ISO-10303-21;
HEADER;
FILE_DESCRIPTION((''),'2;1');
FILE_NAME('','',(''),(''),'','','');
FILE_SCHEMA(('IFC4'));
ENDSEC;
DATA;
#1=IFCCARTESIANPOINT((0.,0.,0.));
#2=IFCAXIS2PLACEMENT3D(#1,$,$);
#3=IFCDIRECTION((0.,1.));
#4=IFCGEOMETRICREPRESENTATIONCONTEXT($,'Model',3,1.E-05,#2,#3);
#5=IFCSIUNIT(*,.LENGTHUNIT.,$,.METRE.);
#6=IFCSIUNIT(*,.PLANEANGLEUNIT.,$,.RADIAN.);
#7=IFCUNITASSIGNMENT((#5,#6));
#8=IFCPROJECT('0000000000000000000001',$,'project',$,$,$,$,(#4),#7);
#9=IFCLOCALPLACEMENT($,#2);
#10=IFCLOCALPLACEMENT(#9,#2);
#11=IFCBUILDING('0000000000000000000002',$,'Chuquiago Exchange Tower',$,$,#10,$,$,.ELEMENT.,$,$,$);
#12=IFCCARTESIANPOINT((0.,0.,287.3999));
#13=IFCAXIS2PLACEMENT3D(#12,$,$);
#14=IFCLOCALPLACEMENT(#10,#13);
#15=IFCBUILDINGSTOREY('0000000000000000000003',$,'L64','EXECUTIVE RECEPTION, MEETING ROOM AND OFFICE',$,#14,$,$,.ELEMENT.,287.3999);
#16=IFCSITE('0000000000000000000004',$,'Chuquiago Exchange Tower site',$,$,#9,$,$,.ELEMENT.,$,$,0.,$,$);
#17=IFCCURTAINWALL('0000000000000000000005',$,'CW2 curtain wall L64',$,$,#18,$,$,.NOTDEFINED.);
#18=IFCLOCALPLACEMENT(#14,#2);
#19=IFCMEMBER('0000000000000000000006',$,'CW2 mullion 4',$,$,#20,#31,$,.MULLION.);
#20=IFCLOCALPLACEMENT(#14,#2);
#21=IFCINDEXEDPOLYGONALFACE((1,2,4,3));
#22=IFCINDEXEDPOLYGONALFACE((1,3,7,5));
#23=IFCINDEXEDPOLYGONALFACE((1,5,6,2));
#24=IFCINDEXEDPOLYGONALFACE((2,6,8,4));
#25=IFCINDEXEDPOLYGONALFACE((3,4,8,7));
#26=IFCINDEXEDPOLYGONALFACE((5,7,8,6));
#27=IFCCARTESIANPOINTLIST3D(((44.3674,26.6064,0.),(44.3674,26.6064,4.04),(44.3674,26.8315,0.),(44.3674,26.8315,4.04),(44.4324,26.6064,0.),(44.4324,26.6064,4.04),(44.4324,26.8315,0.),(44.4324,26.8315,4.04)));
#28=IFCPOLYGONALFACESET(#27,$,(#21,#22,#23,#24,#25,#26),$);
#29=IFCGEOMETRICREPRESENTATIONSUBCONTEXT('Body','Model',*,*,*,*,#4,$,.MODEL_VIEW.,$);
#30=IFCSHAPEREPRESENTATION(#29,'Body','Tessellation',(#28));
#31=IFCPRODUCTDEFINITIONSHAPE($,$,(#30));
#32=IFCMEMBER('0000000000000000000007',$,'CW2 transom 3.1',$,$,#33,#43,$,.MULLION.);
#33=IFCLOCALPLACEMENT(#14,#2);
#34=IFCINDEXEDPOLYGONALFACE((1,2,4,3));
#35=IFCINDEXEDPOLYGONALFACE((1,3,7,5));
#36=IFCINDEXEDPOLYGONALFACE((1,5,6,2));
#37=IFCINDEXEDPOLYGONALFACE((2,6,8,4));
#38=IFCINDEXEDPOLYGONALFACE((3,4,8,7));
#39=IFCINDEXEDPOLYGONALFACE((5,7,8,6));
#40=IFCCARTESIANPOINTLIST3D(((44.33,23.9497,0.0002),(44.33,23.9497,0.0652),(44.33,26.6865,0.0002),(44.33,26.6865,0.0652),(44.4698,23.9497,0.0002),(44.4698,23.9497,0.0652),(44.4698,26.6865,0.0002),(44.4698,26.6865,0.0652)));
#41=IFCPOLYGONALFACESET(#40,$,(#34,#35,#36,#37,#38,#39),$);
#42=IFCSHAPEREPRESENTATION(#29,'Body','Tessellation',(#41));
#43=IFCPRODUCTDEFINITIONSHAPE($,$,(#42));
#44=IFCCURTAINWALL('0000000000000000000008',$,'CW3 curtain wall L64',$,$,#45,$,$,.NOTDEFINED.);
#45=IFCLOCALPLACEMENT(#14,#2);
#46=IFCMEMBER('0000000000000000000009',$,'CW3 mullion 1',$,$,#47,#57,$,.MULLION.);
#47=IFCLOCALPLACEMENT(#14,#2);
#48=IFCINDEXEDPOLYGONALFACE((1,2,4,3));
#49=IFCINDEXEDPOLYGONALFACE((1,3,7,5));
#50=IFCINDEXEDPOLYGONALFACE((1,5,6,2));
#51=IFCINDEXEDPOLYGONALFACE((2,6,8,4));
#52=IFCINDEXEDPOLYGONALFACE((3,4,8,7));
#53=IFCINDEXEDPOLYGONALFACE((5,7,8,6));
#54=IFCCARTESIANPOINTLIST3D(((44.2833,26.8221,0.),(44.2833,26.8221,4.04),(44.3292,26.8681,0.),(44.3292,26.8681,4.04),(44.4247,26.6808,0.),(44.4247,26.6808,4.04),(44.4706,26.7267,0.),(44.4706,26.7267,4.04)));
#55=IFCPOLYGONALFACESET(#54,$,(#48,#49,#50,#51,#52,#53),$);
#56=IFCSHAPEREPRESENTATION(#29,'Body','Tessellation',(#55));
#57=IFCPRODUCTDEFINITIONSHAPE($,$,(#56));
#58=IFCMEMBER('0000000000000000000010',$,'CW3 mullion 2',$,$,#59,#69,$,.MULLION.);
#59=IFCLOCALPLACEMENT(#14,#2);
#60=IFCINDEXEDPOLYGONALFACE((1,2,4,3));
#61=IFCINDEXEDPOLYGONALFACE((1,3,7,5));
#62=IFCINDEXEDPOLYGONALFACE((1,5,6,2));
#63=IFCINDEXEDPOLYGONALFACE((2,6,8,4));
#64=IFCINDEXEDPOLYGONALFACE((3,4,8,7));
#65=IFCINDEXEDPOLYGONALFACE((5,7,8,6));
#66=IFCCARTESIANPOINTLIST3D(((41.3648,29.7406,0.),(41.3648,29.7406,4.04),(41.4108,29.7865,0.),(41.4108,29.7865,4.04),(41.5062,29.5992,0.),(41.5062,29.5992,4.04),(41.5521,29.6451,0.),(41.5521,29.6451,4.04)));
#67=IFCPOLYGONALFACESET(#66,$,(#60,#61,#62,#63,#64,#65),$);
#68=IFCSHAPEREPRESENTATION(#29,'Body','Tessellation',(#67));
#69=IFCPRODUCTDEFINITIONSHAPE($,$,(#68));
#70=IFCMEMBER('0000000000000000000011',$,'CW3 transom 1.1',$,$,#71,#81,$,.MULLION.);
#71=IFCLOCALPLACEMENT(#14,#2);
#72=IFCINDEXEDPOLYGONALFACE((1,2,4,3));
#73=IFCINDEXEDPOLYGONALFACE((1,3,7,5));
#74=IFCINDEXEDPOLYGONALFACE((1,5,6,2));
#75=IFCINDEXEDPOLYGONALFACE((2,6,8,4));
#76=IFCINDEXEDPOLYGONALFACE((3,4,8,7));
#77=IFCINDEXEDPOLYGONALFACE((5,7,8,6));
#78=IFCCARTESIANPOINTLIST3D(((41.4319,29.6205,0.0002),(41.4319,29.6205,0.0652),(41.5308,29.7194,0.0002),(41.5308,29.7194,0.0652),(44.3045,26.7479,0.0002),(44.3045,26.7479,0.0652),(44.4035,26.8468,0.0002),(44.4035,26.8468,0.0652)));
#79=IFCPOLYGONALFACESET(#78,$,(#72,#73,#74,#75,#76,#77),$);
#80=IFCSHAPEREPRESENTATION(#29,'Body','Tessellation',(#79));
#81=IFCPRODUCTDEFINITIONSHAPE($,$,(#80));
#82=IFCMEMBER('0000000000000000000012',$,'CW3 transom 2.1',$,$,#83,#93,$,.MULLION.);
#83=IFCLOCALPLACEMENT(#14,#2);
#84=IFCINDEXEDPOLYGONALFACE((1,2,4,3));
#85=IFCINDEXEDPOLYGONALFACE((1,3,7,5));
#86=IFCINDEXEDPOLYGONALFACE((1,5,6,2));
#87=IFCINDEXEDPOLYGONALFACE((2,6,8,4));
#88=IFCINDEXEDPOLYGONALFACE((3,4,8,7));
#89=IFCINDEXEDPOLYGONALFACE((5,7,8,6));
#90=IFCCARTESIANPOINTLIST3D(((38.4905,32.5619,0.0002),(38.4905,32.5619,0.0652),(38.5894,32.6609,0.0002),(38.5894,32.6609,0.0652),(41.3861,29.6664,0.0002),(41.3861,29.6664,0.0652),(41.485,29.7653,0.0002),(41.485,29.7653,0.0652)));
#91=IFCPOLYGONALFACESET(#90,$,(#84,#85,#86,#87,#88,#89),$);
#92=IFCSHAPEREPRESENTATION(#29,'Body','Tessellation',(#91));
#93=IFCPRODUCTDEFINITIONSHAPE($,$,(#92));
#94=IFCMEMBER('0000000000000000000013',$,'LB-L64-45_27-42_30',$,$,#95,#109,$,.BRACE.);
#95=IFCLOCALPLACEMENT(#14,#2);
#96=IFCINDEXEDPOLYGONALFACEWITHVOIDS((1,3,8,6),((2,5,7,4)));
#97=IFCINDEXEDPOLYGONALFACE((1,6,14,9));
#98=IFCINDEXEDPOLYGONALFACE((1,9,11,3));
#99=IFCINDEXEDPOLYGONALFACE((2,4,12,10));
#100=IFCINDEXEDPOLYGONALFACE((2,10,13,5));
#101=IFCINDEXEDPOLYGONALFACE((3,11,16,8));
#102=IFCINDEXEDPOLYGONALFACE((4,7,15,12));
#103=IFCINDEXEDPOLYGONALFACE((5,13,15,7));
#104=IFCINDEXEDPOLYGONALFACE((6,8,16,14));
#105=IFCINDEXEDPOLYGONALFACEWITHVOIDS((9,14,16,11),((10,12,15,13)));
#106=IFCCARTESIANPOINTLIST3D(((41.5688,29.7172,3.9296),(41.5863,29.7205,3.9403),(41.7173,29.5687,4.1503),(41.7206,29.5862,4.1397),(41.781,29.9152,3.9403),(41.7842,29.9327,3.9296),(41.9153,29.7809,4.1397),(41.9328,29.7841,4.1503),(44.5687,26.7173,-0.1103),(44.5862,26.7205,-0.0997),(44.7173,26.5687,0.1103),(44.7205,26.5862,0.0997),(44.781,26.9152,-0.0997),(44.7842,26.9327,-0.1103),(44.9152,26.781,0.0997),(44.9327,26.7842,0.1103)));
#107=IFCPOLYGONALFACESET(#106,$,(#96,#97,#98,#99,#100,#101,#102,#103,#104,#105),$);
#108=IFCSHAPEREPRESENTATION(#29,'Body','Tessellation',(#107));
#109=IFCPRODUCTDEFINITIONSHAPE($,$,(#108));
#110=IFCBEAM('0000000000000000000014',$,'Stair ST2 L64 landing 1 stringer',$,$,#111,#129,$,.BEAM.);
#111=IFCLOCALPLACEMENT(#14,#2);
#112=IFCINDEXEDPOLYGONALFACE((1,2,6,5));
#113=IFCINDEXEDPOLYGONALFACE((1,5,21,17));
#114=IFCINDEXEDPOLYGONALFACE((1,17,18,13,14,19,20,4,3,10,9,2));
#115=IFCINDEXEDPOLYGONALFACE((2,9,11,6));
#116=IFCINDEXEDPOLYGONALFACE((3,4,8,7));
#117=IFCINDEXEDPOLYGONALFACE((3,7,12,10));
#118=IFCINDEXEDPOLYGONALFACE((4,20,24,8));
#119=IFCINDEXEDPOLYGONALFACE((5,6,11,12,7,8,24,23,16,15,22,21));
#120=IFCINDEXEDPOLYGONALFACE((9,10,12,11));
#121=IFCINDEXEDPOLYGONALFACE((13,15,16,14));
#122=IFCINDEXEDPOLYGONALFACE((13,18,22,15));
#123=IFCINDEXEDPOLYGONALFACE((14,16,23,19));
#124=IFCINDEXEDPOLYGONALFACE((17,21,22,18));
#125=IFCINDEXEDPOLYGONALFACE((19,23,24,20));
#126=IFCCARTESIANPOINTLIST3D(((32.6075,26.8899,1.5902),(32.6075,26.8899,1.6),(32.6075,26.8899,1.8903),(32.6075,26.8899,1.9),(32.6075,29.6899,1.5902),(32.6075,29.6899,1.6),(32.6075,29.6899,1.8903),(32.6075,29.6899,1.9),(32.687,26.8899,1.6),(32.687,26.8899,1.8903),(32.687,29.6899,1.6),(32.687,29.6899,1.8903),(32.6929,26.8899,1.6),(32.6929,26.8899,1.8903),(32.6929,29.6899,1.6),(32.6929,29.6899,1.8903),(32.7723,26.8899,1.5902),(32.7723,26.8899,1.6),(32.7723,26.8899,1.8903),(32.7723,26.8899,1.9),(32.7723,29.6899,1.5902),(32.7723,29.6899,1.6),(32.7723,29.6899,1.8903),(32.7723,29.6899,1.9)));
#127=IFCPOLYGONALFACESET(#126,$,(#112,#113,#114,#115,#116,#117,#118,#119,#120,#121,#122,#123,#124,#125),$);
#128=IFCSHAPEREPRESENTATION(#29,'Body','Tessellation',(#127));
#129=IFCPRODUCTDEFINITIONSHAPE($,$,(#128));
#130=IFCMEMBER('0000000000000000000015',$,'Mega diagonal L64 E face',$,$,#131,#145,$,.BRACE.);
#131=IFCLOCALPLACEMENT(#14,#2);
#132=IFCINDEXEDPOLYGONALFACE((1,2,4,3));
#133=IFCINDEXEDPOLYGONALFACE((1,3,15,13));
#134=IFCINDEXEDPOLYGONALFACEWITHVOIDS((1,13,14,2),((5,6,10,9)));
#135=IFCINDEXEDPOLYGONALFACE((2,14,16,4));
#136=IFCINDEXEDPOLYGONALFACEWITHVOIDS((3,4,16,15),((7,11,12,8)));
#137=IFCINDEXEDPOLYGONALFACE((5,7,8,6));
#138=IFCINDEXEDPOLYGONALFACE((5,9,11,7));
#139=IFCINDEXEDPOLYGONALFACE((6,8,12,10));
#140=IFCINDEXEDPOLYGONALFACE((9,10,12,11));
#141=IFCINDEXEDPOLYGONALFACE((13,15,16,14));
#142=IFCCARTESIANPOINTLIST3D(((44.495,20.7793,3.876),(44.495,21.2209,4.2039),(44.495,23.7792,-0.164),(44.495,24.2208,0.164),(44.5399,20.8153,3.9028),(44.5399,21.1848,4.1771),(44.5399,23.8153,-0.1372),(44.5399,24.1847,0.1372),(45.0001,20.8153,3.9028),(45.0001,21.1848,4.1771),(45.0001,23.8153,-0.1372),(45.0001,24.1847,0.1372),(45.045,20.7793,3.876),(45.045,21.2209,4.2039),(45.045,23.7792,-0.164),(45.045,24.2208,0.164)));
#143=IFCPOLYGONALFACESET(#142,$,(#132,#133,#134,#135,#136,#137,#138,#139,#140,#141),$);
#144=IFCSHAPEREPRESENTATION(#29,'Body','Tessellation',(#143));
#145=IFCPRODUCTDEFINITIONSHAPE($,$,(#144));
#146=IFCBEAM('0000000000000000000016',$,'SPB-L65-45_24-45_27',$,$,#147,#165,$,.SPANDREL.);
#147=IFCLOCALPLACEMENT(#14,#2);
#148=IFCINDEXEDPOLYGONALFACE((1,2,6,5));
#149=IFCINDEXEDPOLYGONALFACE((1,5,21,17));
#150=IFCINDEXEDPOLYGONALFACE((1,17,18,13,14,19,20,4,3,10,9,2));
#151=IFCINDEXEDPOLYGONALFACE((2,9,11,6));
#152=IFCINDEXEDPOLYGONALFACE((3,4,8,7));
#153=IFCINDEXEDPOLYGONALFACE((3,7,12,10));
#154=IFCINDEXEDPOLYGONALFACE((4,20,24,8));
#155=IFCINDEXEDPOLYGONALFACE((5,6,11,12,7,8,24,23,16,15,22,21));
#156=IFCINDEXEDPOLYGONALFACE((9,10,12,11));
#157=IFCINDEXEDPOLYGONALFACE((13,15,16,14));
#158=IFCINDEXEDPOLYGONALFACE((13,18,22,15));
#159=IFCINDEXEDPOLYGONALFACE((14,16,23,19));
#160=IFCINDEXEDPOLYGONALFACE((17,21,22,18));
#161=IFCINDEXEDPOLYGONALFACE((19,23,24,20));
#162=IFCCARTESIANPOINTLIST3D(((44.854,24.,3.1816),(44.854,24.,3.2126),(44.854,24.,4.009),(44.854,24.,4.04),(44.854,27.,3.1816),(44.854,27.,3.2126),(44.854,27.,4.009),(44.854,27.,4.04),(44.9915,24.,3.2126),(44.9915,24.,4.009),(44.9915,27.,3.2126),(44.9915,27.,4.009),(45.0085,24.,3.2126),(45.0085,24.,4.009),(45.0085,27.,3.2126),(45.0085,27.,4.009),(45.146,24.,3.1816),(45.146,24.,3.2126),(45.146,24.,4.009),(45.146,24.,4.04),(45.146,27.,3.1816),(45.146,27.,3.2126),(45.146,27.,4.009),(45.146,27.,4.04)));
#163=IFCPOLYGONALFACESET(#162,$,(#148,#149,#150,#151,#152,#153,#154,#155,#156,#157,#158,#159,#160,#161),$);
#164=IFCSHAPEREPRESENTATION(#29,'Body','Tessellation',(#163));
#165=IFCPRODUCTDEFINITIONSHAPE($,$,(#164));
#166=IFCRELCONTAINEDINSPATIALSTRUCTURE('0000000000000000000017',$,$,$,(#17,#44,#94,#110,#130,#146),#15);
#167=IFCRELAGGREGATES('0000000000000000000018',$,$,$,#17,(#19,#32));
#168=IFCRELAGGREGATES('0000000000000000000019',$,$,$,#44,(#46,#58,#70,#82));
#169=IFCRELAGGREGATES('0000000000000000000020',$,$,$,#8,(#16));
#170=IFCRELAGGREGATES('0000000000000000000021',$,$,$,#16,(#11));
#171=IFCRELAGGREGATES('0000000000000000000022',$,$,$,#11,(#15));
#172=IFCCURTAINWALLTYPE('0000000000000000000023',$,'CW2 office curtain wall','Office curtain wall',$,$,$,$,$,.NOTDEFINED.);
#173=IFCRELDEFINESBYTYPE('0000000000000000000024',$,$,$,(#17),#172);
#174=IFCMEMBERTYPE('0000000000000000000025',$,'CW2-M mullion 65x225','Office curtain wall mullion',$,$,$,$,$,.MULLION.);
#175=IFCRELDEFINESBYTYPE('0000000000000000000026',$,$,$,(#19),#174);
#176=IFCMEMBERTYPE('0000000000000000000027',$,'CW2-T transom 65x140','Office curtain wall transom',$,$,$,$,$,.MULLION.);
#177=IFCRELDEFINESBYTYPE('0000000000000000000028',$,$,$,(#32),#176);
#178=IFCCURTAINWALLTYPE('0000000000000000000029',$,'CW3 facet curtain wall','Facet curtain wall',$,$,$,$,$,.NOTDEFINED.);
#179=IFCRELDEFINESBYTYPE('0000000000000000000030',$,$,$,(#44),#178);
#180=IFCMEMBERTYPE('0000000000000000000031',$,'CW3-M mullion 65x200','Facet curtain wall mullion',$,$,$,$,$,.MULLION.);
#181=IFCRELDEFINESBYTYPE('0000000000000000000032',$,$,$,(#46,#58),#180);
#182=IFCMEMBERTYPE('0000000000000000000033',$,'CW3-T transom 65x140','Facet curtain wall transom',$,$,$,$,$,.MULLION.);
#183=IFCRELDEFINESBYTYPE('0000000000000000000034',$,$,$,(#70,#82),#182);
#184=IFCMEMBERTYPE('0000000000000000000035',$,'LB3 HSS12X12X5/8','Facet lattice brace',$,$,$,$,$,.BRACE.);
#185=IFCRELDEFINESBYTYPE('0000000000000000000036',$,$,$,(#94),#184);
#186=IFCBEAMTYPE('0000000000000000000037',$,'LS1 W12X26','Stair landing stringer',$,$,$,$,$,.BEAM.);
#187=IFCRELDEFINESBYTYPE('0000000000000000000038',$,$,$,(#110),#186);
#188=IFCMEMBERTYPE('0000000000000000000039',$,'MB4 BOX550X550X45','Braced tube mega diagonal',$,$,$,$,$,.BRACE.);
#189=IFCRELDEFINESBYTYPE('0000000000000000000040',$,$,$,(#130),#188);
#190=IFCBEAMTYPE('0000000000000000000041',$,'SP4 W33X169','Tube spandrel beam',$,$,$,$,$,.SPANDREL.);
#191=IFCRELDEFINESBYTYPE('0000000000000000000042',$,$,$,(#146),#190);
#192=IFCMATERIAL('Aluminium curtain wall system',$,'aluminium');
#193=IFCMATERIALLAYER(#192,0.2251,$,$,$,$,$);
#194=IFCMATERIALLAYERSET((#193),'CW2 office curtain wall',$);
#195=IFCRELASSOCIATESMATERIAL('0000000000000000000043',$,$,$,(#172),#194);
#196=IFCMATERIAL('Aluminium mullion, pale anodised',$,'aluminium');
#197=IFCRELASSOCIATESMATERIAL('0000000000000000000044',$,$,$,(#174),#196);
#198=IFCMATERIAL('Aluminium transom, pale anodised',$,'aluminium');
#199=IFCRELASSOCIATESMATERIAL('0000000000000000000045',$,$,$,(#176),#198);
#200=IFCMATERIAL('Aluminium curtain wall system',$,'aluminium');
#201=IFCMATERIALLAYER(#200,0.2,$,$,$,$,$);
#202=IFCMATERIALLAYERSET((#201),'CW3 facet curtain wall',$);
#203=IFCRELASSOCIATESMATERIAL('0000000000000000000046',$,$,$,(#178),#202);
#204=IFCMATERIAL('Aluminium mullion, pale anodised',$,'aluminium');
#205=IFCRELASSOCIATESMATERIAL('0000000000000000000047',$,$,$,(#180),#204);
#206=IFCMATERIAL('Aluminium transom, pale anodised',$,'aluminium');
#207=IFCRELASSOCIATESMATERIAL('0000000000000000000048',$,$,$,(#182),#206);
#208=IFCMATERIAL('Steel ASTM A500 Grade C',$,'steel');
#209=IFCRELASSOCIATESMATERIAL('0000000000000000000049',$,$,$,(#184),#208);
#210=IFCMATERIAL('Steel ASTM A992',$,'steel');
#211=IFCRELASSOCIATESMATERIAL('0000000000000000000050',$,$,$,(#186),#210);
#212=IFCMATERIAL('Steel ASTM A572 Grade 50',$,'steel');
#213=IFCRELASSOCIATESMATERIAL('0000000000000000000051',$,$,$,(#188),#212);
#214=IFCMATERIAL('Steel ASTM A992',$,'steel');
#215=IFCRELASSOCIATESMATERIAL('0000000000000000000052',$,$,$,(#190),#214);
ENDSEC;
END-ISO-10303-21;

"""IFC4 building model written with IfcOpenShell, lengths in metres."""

from ifc_helpers import new_model, si_unit, direction, frame, origin, origin_2d, place, context, subcontext, project, spatial, rectangle, hollow_rectangle, i_section, extrude, material, layer, layer_set, material_profile, profile_set, type_object, element, aggregate, save


model = new_model("IFC4")

# Units and contexts
model_context = context("Model", 3, precision=1e-05, world=origin(), true_north=direction((0.0, 1.0)))
body_context = subcontext(model_context, "Body", "Model", "MODEL_VIEW")
ifc_project = project(units=[si_unit("LENGTHUNIT", "METRE"), si_unit("PLANEANGLEUNIT", "RADIAN")], contexts=[model_context])

# Site, building, storey
site_placement = place(None, origin())
site = spatial("IfcSite", under=ifc_project, at=site_placement, Name="Chuquiago Exchange Tower site", CompositionType="ELEMENT", RefElevation=0.0)
building_placement = place(site_placement, origin())
building = spatial("IfcBuilding", under=site, at=building_placement, Name="Chuquiago Exchange Tower", CompositionType="ELEMENT")
storey_placement = place(building_placement, frame((0.0, 0.0, 287.3999)))
storey = spatial("IfcBuildingStorey", under=building, at=storey_placement, Name="L64", Description="EXECUTIVE RECEPTION, MEETING ROOM AND OFFICE", CompositionType="ELEMENT", Elevation=287.3999)

# Curtain walls, members
ifc_material_1 = material(Name="Aluminium curtain wall system", Category="aluminium")
ifc_layer_1 = layer(ifc_material_1, 0.2251)
ifc_layer_set_1 = layer_set([ifc_layer_1], Name="CW2 office curtain wall")
curtain_wall_type_1 = type_object("IfcCurtainWallType", Name="CW2 office curtain wall", Description="Office curtain wall", PredefinedType="NOTDEFINED", material=ifc_layer_set_1)
curtain_wall_1_placement = place(storey_placement, origin())
curtain_wall_1 = element("IfcCurtainWall", 1, at=curtain_wall_1_placement, inside=storey, type_object=curtain_wall_type_1, Name="CW2 curtain wall L64", PredefinedType="NOTDEFINED")
ifc_material_2 = material(Name="Aluminium mullion, pale anodised", Category="aluminium")
ifc_material_profile_1 = material_profile(ifc_material_2, rectangle(XDim=0.0649, YDim=0.2251, at=origin_2d()), Name="AL 65x225")
ifc_profile_set_1 = profile_set([ifc_material_profile_1], Name="Aluminium mullion, pale anodised")
member_type_1 = type_object("IfcMemberType", Name="CW2-M mullion 65x225", Description="Office curtain wall mullion", PredefinedType="MULLION", material=ifc_profile_set_1)
member_1_placement = place(storey_placement, frame((44.3999, 26.719, 0.0), z_axis=(0.0, 0.0, 1.0), x_axis=(-1.0, 0.0, 0.0)))
member_1 = element("IfcMember", 2, at=member_1_placement, type_object=member_type_1, Name="CW2 mullion 4", PredefinedType="MULLION", context=body_context, shape_type="SweptSolid", body=[
    extrude(rectangle(XDim=0.0649, YDim=0.2251, at=origin_2d()), origin(), (0.0, 0.0, 1.0), 4.04),
])
ifc_material_3 = material(Name="Aluminium transom, pale anodised", Category="aluminium")
ifc_material_profile_2 = material_profile(ifc_material_3, rectangle(XDim=0.1399, YDim=0.0649, at=origin_2d()), Name="AL 140x65")
ifc_profile_set_2 = profile_set([ifc_material_profile_2], Name="Aluminium transom, pale anodised")
member_type_2 = type_object("IfcMemberType", Name="CW2-T transom 65x140", Description="Office curtain wall transom", PredefinedType="MULLION", material=ifc_profile_set_2)
member_2_placement = place(storey_placement, frame((44.3999, 23.9497, 0.0327), z_axis=(0.0, 1.0, 0.0), x_axis=(-1.0, 0.0, 0.0)))
member_2 = element("IfcMember", 3, at=member_2_placement, type_object=member_type_2, Name="CW2 transom 3.1", PredefinedType="MULLION", context=body_context, shape_type="SweptSolid", body=[
    extrude(rectangle(XDim=0.1399, YDim=0.0649, at=origin_2d()), origin(), (0.0, 0.0, 1.0), 2.7368),
])
ifc_material_4 = material(Name="Aluminium curtain wall system", Category="aluminium")
ifc_layer_2 = layer(ifc_material_4, 0.2)
ifc_layer_set_2 = layer_set([ifc_layer_2], Name="CW3 facet curtain wall")
curtain_wall_type_2 = type_object("IfcCurtainWallType", Name="CW3 facet curtain wall", Description="Facet curtain wall", PredefinedType="NOTDEFINED", material=ifc_layer_set_2)
curtain_wall_2_placement = place(storey_placement, origin())
curtain_wall_2 = element("IfcCurtainWall", 4, at=curtain_wall_2_placement, inside=storey, type_object=curtain_wall_type_2, Name="CW3 curtain wall L64", PredefinedType="NOTDEFINED")
ifc_material_5 = material(Name="Aluminium mullion, pale anodised", Category="aluminium")
ifc_material_profile_3 = material_profile(ifc_material_5, rectangle(XDim=0.0649, YDim=0.2, at=origin_2d()), Name="AL 65x200")
ifc_profile_set_3 = profile_set([ifc_material_profile_3], Name="Aluminium mullion, pale anodised")
member_type_3 = type_object("IfcMemberType", Name="CW3-M mullion 65x200", Description="Facet curtain wall mullion", PredefinedType="MULLION", material=ifc_profile_set_3)
member_3_placement = place(storey_placement, frame((44.377, 26.7744, 0.0), z_axis=(0.0, 0.0, 1.0), x_axis=(-0.707107, -0.707107, 0.0)))
member_3 = element("IfcMember", 5, at=member_3_placement, type_object=member_type_3, Name="CW3 mullion 1", PredefinedType="MULLION", context=body_context, shape_type="SweptSolid", body=[
    extrude(rectangle(XDim=0.0649, YDim=0.2, at=origin_2d()), origin(), (0.0, 0.0, 1.0), 4.04),
])
member_4_placement = place(storey_placement, frame((41.4585, 29.6929, 0.0), z_axis=(0.0, 0.0, 1.0), x_axis=(-0.707107, -0.707107, 0.0)))
member_4 = element("IfcMember", 6, at=member_4_placement, type_object=member_type_3, Name="CW3 mullion 2", PredefinedType="MULLION", context=body_context, shape_type="SweptSolid", body=[
    extrude(rectangle(XDim=0.0649, YDim=0.2, at=origin_2d()), origin(), (0.0, 0.0, 1.0), 4.04),
])
ifc_material_6 = material(Name="Aluminium transom, pale anodised", Category="aluminium")
ifc_material_profile_4 = material_profile(ifc_material_6, rectangle(XDim=0.1399, YDim=0.0649, at=origin_2d()), Name="AL 140x65")
ifc_profile_set_4 = profile_set([ifc_material_profile_4], Name="Aluminium transom, pale anodised")
member_type_4 = type_object("IfcMemberType", Name="CW3-T transom 65x140", Description="Facet curtain wall transom", PredefinedType="MULLION", material=ifc_profile_set_4)
member_5_placement = place(storey_placement, frame((44.354, 26.7974, 0.0327), z_axis=(-0.707107, 0.707107, 0.0), x_axis=(-0.707107, -0.707107, 0.0)))
member_5 = element("IfcMember", 7, at=member_5_placement, type_object=member_type_4, Name="CW3 transom 1.1", PredefinedType="MULLION", context=body_context, shape_type="SweptSolid", body=[
    extrude(rectangle(XDim=0.1399, YDim=0.0649, at=origin_2d()), origin(), (0.0, 0.0, 1.0), 4.0625),
])
member_6_placement = place(storey_placement, frame((41.4355, 29.7158, 0.0327), z_axis=(-0.707107, 0.707107, 0.0), x_axis=(-0.707107, -0.707107, 0.0)))
member_6 = element("IfcMember", 8, at=member_6_placement, type_object=member_type_4, Name="CW3 transom 2.1", PredefinedType="MULLION", context=body_context, shape_type="SweptSolid", body=[
    extrude(rectangle(XDim=0.1399, YDim=0.0649, at=origin_2d()), origin(), (0.0, 0.0, 1.0), 4.095),
])

# Member
ifc_material_7 = material(Name="Steel ASTM A500 Grade C", Category="steel")
ifc_material_profile_5 = material_profile(ifc_material_7, hollow_rectangle(XDim=0.3047, YDim=0.3047, WallThickness=0.0146, at=origin_2d()), Name="HSS12X12X5/8")
ifc_profile_set_5 = profile_set([ifc_material_profile_5], Name="Steel ASTM A500 Grade C")
member_type_5 = type_object("IfcMemberType", Name="LB3 HSS12X12X5/8", Description="Facet lattice brace", PredefinedType="BRACE", material=ifc_profile_set_5)
member_7_placement = place(storey_placement, frame((44.7507, 26.7507, 0.0), z_axis=(-0.512077, 0.512077, 0.689604), x_axis=(-0.707107, -0.707107, 0.0)))
element("IfcMember", 9, at=member_7_placement, inside=storey, type_object=member_type_5, Name="LB-L64-45_27-42_30", PredefinedType="BRACE", context=body_context, shape_type="SweptSolid", body=[
    extrude(hollow_rectangle(XDim=0.3047, YDim=0.3047, WallThickness=0.0146, at=origin_2d()), origin(), (0.0, 0.0, 1.0), 5.8584),
])

# Beam
ifc_material_8 = material(Name="Steel ASTM A992", Category="steel")
ifc_material_profile_6 = material_profile(ifc_material_8, i_section(OverallWidth=0.1648, OverallDepth=0.3098, WebThickness=0.0059, FlangeThickness=0.0098, at=origin_2d()), Name="W12X26")
ifc_profile_set_6 = profile_set([ifc_material_profile_6], Name="Steel ASTM A992")
beam_type_1 = type_object("IfcBeamType", Name="LS1 W12X26", Description="Stair landing stringer", PredefinedType="BEAM", material=ifc_profile_set_6)
beam_1_placement = place(storey_placement, frame((32.6899, 26.8899, 1.7451), z_axis=(0.0, 1.0, 0.0), x_axis=(-1.0, 0.0, 0.0)))
element("IfcBeam", 10, at=beam_1_placement, inside=storey, type_object=beam_type_1, Name="Stair ST2 L64 landing 1 stringer", PredefinedType="BEAM", context=body_context, shape_type="SweptSolid", body=[
    extrude(i_section(OverallWidth=0.1648, OverallDepth=0.3098, WebThickness=0.0059, FlangeThickness=0.0098, at=origin_2d()), origin(), (0.0, 0.0, 1.0), 2.8),
])

# Member
ifc_material_9 = material(Name="Steel ASTM A572 Grade 50", Category="steel")
ifc_material_profile_7 = material_profile(ifc_material_9, hollow_rectangle(XDim=0.55, YDim=0.55, WallThickness=0.0449, at=origin_2d()), Name="BOX550X550X45")
ifc_profile_set_7 = profile_set([ifc_material_profile_7], Name="Steel ASTM A572 Grade 50")
member_type_6 = type_object("IfcMemberType", Name="MB4 BOX550X550X45", Description="Braced tube mega diagonal", PredefinedType="BRACE", material=ifc_profile_set_7)
member_8_placement = place(storey_placement, frame((44.77, 24.0, 0.0), z_axis=(0.0, -0.596174, 0.802855), x_axis=(1.0, 0.0, 0.0)))
element("IfcMember", 11, at=member_8_placement, inside=storey, type_object=member_type_6, Name="Mega diagonal L64 E face", PredefinedType="BRACE", context=body_context, shape_type="SweptSolid", body=[
    extrude(hollow_rectangle(XDim=0.55, YDim=0.55, WallThickness=0.0449, at=origin_2d()), origin(), (0.0, 0.0, 1.0), 5.032),
])

# Beam
ifc_material_10 = material(Name="Steel ASTM A992", Category="steel")
ifc_material_profile_8 = material_profile(ifc_material_10, i_section(OverallWidth=0.292, OverallDepth=0.8584, WebThickness=0.0171, FlangeThickness=0.031, at=origin_2d()), Name="W33X169")
ifc_profile_set_8 = profile_set([ifc_material_profile_8], Name="Steel ASTM A992")
beam_type_2 = type_object("IfcBeamType", Name="SP4 W33X169", Description="Tube spandrel beam", PredefinedType="SPANDREL", material=ifc_profile_set_8)
beam_2_placement = place(storey_placement, frame((45.0, 24.0, 3.6108), z_axis=(0.0, 1.0, 0.0), x_axis=(-1.0, 0.0, 0.0)))
element("IfcBeam", 12, at=beam_2_placement, inside=storey, type_object=beam_type_2, Name="SPB-L65-45_24-45_27", PredefinedType="SPANDREL", context=body_context, shape_type="SweptSolid", body=[
    extrude(i_section(OverallWidth=0.292, OverallDepth=0.8584, WebThickness=0.0171, FlangeThickness=0.031, at=origin_2d()), origin(), (0.0, 0.0, 1.0), 3.0),
])

aggregate(curtain_wall_1, [member_1, member_2])
aggregate(curtain_wall_2, [member_3, member_4, member_5, member_6])

save(model, "model.ifc")
